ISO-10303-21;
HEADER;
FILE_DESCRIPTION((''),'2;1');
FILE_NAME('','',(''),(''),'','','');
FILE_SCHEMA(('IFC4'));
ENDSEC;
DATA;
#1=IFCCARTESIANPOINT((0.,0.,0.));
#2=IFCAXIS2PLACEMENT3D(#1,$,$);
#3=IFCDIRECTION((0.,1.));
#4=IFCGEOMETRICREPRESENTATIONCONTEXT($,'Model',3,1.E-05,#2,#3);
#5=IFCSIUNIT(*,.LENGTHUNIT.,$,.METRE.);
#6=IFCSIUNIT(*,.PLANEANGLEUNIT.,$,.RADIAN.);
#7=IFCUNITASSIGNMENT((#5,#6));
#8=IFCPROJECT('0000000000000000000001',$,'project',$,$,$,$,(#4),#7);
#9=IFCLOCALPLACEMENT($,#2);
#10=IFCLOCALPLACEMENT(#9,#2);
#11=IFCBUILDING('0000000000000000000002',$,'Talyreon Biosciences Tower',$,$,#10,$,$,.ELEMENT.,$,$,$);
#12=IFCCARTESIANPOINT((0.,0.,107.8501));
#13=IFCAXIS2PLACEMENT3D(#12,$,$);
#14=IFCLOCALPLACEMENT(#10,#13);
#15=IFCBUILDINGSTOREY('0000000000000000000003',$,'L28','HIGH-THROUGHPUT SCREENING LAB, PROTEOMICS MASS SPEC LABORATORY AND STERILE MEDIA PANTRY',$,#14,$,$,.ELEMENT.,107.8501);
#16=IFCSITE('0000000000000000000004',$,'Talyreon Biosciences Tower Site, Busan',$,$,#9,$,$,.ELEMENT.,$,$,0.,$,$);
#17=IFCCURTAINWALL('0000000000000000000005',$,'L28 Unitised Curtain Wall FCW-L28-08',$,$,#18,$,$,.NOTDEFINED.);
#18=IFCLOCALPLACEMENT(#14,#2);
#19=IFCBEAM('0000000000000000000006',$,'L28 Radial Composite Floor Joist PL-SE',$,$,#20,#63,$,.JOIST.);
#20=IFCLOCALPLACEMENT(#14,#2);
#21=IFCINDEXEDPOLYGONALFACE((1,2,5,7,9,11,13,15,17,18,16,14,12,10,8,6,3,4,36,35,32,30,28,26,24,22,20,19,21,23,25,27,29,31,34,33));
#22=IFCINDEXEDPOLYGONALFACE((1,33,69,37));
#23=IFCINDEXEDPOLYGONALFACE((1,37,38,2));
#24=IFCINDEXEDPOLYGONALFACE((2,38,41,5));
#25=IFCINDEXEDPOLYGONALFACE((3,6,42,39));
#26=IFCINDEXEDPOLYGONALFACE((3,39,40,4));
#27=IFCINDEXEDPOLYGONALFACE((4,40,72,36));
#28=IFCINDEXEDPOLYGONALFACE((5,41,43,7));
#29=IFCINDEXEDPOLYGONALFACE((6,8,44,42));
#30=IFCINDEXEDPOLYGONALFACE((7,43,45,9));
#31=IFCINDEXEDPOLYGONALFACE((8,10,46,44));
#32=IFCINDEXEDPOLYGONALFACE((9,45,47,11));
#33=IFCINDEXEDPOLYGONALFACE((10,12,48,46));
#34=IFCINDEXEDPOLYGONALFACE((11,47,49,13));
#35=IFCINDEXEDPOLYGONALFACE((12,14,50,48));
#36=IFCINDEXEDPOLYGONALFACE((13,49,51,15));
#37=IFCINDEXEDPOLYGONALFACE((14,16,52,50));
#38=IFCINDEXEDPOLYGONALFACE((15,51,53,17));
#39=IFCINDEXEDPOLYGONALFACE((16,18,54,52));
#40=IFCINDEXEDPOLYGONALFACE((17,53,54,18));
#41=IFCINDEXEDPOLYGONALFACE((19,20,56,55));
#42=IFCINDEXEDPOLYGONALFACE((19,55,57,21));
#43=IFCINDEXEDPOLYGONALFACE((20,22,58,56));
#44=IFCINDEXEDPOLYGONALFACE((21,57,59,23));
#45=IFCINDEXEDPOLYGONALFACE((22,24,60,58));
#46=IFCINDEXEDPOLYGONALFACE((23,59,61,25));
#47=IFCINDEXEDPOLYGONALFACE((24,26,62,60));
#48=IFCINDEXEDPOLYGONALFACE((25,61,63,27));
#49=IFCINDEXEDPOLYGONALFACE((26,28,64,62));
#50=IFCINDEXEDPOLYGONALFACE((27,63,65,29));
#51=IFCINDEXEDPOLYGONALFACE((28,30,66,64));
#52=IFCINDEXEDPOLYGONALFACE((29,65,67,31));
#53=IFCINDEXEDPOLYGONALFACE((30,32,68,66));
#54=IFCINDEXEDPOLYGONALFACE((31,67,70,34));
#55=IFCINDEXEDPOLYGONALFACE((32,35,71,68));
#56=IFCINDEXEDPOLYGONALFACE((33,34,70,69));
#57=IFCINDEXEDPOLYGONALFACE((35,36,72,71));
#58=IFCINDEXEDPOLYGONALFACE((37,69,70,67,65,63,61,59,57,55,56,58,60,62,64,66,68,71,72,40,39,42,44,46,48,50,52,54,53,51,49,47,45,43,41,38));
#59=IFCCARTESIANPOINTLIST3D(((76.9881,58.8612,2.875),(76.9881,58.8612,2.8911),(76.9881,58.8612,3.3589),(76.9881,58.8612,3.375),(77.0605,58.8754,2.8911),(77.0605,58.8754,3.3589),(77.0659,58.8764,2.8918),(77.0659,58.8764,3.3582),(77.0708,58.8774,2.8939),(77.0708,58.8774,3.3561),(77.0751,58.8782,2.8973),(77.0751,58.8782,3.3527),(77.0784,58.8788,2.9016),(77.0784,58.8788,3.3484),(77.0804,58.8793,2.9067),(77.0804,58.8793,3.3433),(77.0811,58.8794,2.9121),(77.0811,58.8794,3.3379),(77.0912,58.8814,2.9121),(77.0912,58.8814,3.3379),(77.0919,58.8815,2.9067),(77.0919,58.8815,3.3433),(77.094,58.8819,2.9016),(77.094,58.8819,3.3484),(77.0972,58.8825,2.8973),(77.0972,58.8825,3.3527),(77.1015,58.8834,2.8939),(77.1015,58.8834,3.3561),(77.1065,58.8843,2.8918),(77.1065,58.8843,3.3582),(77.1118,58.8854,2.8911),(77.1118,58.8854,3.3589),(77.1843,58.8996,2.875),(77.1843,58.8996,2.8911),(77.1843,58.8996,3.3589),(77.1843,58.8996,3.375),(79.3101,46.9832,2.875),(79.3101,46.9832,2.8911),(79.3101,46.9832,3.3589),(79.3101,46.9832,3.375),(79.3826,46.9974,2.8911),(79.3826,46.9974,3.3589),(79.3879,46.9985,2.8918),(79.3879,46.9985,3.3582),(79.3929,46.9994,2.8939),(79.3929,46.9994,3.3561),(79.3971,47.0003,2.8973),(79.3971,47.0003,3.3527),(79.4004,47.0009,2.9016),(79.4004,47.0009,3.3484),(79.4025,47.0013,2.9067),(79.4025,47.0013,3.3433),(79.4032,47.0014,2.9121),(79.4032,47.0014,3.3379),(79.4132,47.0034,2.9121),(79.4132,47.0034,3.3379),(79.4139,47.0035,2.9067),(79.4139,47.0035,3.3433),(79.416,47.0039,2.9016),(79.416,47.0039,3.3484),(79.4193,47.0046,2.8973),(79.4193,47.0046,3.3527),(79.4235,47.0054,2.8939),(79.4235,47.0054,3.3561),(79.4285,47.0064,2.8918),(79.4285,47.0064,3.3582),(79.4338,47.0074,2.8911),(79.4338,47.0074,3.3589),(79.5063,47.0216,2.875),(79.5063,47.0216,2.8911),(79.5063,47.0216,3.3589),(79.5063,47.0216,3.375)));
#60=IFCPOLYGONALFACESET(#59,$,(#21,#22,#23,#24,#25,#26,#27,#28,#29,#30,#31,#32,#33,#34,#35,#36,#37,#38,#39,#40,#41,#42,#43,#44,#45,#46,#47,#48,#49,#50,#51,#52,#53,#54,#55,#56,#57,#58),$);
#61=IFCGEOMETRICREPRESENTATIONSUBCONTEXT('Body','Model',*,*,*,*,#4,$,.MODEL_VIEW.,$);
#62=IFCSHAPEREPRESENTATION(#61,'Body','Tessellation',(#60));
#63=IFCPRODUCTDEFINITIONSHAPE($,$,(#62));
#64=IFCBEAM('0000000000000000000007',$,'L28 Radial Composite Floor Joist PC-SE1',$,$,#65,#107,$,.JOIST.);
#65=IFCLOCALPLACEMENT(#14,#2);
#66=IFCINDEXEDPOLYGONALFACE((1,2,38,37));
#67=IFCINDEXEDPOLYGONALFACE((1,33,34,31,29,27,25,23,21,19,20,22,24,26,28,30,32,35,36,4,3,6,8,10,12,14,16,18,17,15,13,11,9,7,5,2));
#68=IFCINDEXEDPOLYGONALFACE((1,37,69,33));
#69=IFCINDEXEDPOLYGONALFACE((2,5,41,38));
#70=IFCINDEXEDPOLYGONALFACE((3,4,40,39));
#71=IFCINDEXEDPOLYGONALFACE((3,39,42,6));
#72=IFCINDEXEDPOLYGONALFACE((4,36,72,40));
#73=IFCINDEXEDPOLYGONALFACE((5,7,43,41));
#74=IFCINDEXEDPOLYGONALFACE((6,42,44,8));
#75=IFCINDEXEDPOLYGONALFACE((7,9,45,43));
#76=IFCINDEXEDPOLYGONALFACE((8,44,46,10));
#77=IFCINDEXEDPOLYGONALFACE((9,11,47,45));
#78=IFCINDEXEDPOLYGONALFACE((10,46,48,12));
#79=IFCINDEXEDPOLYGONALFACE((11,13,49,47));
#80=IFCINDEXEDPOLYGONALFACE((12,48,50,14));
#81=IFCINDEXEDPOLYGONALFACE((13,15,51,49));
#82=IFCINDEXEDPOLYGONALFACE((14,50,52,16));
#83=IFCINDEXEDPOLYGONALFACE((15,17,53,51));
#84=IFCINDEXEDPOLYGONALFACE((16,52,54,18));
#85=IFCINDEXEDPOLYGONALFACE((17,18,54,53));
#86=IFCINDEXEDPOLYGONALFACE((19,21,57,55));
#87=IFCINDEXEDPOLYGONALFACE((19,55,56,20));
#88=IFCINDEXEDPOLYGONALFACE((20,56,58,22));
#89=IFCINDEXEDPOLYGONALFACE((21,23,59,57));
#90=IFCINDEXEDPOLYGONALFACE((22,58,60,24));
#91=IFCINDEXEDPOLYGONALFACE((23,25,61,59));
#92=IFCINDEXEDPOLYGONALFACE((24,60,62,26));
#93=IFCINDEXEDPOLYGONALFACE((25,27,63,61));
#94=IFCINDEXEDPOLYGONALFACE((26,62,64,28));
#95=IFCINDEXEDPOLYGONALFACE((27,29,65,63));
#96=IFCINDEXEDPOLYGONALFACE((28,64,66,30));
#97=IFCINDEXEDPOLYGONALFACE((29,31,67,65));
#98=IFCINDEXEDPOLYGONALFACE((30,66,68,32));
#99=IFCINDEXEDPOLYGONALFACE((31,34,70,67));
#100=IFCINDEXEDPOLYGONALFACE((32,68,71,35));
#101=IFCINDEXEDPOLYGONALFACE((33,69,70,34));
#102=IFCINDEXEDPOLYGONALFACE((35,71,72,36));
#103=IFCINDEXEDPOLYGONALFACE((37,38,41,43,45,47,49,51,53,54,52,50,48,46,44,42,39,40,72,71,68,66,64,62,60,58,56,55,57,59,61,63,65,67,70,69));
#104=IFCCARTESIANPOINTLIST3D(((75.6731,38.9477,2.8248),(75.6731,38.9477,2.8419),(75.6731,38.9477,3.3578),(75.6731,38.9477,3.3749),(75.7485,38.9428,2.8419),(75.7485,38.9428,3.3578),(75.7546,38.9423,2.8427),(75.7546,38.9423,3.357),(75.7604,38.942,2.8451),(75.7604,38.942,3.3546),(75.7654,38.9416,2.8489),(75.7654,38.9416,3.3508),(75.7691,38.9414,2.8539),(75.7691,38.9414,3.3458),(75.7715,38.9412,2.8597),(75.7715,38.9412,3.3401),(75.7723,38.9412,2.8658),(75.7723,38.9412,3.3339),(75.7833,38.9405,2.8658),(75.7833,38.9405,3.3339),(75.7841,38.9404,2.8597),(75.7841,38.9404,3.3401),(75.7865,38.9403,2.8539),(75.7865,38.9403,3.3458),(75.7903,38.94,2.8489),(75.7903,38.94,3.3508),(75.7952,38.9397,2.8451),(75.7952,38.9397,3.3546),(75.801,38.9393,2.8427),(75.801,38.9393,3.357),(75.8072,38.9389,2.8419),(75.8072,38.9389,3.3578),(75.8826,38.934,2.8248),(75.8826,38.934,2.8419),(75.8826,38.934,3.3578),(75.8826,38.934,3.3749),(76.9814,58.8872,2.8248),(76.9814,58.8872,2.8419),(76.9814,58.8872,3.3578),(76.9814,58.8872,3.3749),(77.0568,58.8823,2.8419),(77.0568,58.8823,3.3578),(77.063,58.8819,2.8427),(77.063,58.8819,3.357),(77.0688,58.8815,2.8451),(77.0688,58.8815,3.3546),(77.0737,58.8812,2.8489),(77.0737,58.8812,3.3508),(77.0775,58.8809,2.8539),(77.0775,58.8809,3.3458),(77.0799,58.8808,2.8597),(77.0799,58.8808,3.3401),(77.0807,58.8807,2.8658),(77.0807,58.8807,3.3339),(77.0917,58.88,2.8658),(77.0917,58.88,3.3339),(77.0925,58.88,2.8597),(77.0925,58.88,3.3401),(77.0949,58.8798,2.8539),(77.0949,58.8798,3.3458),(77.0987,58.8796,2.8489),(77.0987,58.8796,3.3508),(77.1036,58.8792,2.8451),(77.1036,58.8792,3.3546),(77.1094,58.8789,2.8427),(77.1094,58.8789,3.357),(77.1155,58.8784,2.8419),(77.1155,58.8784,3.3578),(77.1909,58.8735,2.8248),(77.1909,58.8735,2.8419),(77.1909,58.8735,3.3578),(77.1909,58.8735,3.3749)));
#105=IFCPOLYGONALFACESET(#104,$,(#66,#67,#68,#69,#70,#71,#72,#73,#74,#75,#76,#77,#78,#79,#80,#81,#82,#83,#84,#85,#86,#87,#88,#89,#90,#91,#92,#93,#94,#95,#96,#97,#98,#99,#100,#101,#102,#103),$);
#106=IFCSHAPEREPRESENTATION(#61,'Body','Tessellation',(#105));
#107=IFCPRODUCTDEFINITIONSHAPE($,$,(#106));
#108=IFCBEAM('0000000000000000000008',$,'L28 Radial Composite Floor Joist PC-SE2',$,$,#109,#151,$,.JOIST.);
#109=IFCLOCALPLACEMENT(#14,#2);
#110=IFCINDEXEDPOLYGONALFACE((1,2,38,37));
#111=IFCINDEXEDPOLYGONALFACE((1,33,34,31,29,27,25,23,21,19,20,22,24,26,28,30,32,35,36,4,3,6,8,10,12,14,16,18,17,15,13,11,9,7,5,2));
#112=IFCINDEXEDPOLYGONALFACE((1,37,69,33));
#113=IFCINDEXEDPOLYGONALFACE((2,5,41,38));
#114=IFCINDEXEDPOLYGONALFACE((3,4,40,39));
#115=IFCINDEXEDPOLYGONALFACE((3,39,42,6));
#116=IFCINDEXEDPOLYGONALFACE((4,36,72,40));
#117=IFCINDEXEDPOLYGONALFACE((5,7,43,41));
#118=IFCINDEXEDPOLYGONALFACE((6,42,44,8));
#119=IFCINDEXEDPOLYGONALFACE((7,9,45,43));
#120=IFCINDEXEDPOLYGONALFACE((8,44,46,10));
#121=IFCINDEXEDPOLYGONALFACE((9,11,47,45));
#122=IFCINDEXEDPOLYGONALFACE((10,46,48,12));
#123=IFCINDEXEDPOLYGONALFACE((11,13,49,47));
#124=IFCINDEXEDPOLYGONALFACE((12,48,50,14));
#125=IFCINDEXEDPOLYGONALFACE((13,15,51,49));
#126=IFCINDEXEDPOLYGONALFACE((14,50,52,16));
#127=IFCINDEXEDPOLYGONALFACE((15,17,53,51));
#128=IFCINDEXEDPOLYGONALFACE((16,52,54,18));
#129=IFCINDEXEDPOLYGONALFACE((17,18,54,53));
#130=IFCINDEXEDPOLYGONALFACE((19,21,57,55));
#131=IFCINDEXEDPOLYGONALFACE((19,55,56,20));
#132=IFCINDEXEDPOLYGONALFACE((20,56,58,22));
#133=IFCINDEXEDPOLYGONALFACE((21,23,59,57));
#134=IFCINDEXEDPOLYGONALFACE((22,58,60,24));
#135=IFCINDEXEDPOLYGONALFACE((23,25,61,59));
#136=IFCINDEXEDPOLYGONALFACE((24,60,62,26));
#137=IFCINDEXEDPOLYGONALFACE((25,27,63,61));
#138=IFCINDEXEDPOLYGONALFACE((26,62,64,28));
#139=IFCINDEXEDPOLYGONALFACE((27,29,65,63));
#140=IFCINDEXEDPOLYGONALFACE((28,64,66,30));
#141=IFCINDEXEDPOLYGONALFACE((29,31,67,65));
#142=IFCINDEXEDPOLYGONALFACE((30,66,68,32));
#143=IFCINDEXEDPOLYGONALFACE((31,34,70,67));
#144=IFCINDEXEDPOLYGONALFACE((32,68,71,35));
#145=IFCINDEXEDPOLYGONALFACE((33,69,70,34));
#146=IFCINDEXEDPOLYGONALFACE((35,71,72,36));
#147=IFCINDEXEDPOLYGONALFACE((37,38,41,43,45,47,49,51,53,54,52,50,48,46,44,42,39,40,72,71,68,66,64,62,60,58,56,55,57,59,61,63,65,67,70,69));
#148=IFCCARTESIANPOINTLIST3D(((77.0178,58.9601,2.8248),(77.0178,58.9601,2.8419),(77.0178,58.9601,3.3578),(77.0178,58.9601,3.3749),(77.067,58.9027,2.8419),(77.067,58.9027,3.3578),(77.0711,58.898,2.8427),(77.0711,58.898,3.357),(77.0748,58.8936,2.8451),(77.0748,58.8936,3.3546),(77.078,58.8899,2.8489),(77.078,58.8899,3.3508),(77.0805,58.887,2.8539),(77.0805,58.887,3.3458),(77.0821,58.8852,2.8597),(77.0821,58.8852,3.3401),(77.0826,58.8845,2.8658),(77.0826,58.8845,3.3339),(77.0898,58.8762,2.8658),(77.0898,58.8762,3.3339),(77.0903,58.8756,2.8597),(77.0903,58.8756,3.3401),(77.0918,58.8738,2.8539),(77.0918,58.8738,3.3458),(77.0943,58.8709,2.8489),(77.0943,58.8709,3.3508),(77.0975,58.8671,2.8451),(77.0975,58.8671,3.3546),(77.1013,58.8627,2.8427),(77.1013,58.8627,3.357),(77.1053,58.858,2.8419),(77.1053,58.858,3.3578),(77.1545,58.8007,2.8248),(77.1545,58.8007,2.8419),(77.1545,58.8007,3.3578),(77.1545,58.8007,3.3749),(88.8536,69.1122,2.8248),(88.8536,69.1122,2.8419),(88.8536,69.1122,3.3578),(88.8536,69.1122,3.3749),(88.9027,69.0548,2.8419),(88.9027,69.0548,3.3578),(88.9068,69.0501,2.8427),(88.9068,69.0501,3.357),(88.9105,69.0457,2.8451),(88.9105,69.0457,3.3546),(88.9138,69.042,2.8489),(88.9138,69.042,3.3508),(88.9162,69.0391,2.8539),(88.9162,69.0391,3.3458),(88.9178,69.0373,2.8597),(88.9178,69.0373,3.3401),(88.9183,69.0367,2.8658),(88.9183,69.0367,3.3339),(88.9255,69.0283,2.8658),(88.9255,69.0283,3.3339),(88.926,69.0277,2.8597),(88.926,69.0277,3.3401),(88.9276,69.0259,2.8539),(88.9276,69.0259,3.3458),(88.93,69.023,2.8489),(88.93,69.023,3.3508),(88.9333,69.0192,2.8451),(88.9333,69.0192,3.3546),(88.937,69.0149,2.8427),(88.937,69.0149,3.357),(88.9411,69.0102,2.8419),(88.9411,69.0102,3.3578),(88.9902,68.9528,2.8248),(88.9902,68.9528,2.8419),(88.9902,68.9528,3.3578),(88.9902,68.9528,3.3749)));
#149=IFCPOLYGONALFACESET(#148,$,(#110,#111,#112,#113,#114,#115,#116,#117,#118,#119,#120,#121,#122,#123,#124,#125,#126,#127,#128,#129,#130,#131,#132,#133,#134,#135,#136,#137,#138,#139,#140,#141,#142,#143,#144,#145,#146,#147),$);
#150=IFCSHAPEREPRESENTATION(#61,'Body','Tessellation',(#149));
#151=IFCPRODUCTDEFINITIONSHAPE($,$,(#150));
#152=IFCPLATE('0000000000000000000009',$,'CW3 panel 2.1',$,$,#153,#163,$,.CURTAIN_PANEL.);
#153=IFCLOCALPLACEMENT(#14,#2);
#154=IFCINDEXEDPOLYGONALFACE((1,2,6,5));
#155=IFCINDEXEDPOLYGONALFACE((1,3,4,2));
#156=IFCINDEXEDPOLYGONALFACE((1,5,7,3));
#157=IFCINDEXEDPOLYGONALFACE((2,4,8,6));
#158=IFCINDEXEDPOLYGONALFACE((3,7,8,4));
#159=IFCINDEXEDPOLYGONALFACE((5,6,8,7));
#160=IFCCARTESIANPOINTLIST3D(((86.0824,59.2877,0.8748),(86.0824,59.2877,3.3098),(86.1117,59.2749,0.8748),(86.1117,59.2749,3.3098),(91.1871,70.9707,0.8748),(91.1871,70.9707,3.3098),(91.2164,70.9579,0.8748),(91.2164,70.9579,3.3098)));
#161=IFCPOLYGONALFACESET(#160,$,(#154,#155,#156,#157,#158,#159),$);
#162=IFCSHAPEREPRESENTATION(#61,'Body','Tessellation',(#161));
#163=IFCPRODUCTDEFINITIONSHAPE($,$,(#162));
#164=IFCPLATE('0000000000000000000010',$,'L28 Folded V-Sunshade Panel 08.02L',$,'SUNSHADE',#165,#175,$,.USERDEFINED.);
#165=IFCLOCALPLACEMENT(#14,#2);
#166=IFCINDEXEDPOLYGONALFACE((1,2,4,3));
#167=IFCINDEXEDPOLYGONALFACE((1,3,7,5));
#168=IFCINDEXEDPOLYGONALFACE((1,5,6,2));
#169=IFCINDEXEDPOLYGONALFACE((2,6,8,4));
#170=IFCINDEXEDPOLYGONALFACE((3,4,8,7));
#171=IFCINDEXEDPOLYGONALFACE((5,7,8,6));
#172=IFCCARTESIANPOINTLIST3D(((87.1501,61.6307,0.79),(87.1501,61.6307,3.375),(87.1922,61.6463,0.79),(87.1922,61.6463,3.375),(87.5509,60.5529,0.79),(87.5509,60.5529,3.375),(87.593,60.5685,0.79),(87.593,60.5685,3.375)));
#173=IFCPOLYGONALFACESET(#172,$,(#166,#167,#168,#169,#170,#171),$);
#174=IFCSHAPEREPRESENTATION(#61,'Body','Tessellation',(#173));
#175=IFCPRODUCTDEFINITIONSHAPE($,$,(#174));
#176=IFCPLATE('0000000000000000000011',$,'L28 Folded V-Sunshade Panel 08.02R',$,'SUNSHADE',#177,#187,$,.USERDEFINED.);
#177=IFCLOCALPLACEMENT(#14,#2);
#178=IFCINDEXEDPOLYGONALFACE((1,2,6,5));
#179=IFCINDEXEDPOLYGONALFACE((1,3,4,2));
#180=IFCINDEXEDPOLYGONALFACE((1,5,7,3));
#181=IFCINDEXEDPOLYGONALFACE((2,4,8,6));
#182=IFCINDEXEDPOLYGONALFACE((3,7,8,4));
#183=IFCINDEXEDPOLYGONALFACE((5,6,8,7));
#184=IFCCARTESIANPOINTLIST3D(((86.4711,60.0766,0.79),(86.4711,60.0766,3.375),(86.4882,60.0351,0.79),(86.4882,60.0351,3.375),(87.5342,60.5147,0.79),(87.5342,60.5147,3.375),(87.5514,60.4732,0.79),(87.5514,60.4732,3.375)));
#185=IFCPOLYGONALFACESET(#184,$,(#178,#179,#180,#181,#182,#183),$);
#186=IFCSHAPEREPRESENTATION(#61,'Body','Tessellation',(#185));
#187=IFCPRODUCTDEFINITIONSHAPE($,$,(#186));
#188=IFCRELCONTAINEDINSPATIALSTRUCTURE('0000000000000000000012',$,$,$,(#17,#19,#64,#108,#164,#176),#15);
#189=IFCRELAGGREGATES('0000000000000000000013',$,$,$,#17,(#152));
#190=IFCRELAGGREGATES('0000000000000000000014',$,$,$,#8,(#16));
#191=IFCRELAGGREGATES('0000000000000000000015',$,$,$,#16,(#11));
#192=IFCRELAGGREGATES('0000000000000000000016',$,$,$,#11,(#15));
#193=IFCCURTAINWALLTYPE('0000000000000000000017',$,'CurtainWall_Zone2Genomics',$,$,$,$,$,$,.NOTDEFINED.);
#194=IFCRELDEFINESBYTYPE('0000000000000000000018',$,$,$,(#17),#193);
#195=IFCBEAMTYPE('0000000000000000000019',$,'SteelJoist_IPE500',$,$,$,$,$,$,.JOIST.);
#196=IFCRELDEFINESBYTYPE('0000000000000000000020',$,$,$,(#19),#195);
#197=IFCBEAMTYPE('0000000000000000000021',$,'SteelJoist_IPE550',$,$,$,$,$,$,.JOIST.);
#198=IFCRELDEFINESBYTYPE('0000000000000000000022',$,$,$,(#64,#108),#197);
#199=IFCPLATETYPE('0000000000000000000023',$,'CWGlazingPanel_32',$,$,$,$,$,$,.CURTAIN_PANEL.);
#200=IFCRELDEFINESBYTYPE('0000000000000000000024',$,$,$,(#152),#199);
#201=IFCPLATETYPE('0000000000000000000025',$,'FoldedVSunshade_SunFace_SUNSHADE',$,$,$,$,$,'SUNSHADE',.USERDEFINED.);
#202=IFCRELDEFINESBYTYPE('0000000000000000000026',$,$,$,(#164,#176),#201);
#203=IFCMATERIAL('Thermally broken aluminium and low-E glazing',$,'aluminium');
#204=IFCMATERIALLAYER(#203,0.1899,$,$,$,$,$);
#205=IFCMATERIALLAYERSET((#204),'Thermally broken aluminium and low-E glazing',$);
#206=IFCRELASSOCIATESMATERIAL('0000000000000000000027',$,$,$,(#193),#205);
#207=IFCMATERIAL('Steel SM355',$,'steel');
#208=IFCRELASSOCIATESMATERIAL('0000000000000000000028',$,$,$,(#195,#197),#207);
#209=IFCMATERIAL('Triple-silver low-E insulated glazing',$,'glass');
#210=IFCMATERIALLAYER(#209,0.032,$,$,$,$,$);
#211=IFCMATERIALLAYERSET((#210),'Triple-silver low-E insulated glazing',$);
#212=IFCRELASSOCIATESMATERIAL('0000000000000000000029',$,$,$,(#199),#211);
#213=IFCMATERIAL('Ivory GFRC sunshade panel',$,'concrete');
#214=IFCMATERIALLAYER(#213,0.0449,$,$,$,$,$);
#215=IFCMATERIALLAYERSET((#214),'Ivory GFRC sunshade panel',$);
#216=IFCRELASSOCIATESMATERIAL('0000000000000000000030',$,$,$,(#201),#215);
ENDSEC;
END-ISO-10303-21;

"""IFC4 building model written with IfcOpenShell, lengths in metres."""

from ifc_helpers import new_model, si_unit, direction, frame, origin, origin_2d, place, context, subcontext, project, spatial, rectangle, i_section, extrude, material, layer, layer_set, material_profile, profile_set, type_object, element, aggregate, save


model = new_model("IFC4")

# Units and contexts
model_context = context("Model", 3, precision=1e-05, world=origin(), true_north=direction((0.0, 1.0)))
body_context = subcontext(model_context, "Body", "Model", "MODEL_VIEW")
ifc_project = project(units=[si_unit("LENGTHUNIT", "METRE"), si_unit("PLANEANGLEUNIT", "RADIAN")], contexts=[model_context])

# Site, building, storey
site_placement = place(None, origin())
site = spatial("IfcSite", under=ifc_project, at=site_placement, Name="Talyreon Biosciences Tower Site, Busan", CompositionType="ELEMENT", RefElevation=0.0)
building_placement = place(site_placement, origin())
building = spatial("IfcBuilding", under=site, at=building_placement, Name="Talyreon Biosciences Tower", CompositionType="ELEMENT")
storey_placement = place(building_placement, frame((0.0, 0.0, 107.8501)))
storey = spatial("IfcBuildingStorey", under=building, at=storey_placement, Name="L28", Description="HIGH-THROUGHPUT SCREENING LAB, PROTEOMICS MASS SPEC LABORATORY AND STERILE MEDIA PANTRY", CompositionType="ELEMENT", Elevation=107.8501)

# Curtain wall
ifc_material_1 = material(Name="Thermally broken aluminium and low-E glazing", Category="aluminium")
ifc_layer_1 = layer(ifc_material_1, 0.1899)
ifc_layer_set_1 = layer_set([ifc_layer_1], Name="Thermally broken aluminium and low-E glazing")
curtain_wall_type = type_object("IfcCurtainWallType", Name="CurtainWall_Zone2Genomics", PredefinedType="NOTDEFINED", material=ifc_layer_set_1)
curtain_wall_placement = place(storey_placement, origin())
curtain_wall = element("IfcCurtainWall", 1, at=curtain_wall_placement, inside=storey, type_object=curtain_wall_type, Name="L28 Unitised Curtain Wall FCW-L28-08", PredefinedType="NOTDEFINED")

# Beams
ifc_material_2 = material(Name="Steel SM355", Category="steel")
ifc_material_profile_1 = material_profile(ifc_material_2, i_section(OverallWidth=0.2, OverallDepth=0.5, WebThickness=0.0103, FlangeThickness=0.0161, FilletRadius=0.021, at=origin_2d()), Name="IPE500")
ifc_profile_set_1 = profile_set([ifc_material_profile_1], Name="Steel SM355")
beam_type_1 = type_object("IfcBeamType", Name="SteelJoist_IPE500", PredefinedType="JOIST", material=ifc_profile_set_1)
beam_1_placement = place(storey_placement, frame((77.0862, 58.8804, 3.125), z_axis=(0.191859, -0.981423, 0.0), x_axis=(0.981423, 0.191859, 0.0)))
element("IfcBeam", 2, at=beam_1_placement, inside=storey, type_object=beam_type_1, Name="L28 Radial Composite Floor Joist PL-SE", PredefinedType="JOIST", context=body_context, shape_type="SweptSolid", body=[
    extrude(i_section(OverallWidth=0.2, OverallDepth=0.5, WebThickness=0.0103, FlangeThickness=0.0161, FilletRadius=0.021, at=origin_2d()), origin(), (0.0, 0.0, 1.0), 12.1028),
])
ifc_material_profile_2 = material_profile(ifc_material_2, i_section(OverallWidth=0.21, OverallDepth=0.55, WebThickness=0.011, FlangeThickness=0.0171, FilletRadius=0.0239, at=origin_2d()), Name="IPE550")
ifc_profile_set_2 = profile_set([ifc_material_profile_2], Name="Steel SM355")
beam_type_2 = type_object("IfcBeamType", Name="SteelJoist_IPE550", PredefinedType="JOIST", material=ifc_profile_set_2)
beam_2_placement = place(storey_placement, frame((77.0862, 58.8804, 3.0999), z_axis=(-0.065475, -0.997854, 0.0), x_axis=(0.997854, -0.065475, 0.0)))
element("IfcBeam", 3, at=beam_2_placement, inside=storey, type_object=beam_type_2, Name="L28 Radial Composite Floor Joist PC-SE1", PredefinedType="JOIST", context=body_context, shape_type="SweptSolid", body=[
    extrude(i_section(OverallWidth=0.21, OverallDepth=0.55, WebThickness=0.011, FlangeThickness=0.0171, FilletRadius=0.0239, at=origin_2d()), origin(), (0.0, 0.0, 1.0), 19.9824),
])
beam_3_placement = place(storey_placement, frame((77.0862, 58.8804, 3.0999), z_axis=(0.759028, 0.651058, 0.0), x_axis=(-0.651058, 0.759028, 0.0)))
element("IfcBeam", 4, at=beam_3_placement, inside=storey, type_object=beam_type_2, Name="L28 Radial Composite Floor Joist PC-SE2", PredefinedType="JOIST", context=body_context, shape_type="SweptSolid", body=[
    extrude(i_section(OverallWidth=0.21, OverallDepth=0.55, WebThickness=0.011, FlangeThickness=0.0171, FilletRadius=0.0239, at=origin_2d()), origin(), (0.0, 0.0, 1.0), 15.5933),
])

# Plate
ifc_material_3 = material(Name="Triple-silver low-E insulated glazing", Category="glass")
ifc_layer_2 = layer(ifc_material_3, 0.032)
ifc_layer_set_2 = layer_set([ifc_layer_2], Name="Triple-silver low-E insulated glazing")
plate_type_1 = type_object("IfcPlateType", Name="CWGlazingPanel_32", PredefinedType="CURTAIN_PANEL", material=ifc_layer_set_2)
plate_placement = place(storey_placement, frame((88.6494, 65.1228, 0.8748), z_axis=(0.0, 0.0, 1.0), x_axis=(-0.400387, -0.916346, 0.0)))
plate = element("IfcPlate", 5, at=plate_placement, type_object=plate_type_1, Name="CW3 panel 2.1", PredefinedType="CURTAIN_PANEL", context=body_context, shape_type="SweptSolid", body=[
    extrude(rectangle(XDim=12.7495, YDim=0.032, at=origin_2d()), origin(), (0.0, 0.0, 1.0), 2.4351),
])
aggregate(curtain_wall, [plate])

# Plates
ifc_material_4 = material(Name="Ivory GFRC sunshade panel", Category="concrete")
ifc_layer_3 = layer(ifc_material_4, 0.0449)
ifc_layer_set_3 = layer_set([ifc_layer_3], Name="Ivory GFRC sunshade panel")
plate_type_2 = type_object("IfcPlateType", Name="FoldedVSunshade_SunFace_SUNSHADE", ElementType="SUNSHADE", PredefinedType="USERDEFINED", material=ifc_layer_set_3)
for number, where, z_axis, x_axis, name in (
    (6, (87.3716, 61.0996, 0.79), (0.0, 0.0, 1.0), (0.348539, -0.937294, 0.0), "L28 Folded V-Sunshade Panel 08.02L"),
    (7, (87.0112, 60.2749, 0.79), (0.0, 0.0, 1.0), (-0.924559, -0.381038, 0.0), "L28 Folded V-Sunshade Panel 08.02R"),
):
    element("IfcPlate", number, at=place(storey_placement, frame(where, z_axis=z_axis, x_axis=x_axis)), inside=storey, type_object=plate_type_2, Name=name, ObjectType="SUNSHADE", PredefinedType="USERDEFINED", context=body_context, shape_type="SweptSolid", body=[
        extrude(rectangle(XDim=1.1499, YDim=0.0449, at=origin_2d()), origin(), (0.0, 0.0, 1.0), 2.585),
    ])

save(model, "model.ifc")
